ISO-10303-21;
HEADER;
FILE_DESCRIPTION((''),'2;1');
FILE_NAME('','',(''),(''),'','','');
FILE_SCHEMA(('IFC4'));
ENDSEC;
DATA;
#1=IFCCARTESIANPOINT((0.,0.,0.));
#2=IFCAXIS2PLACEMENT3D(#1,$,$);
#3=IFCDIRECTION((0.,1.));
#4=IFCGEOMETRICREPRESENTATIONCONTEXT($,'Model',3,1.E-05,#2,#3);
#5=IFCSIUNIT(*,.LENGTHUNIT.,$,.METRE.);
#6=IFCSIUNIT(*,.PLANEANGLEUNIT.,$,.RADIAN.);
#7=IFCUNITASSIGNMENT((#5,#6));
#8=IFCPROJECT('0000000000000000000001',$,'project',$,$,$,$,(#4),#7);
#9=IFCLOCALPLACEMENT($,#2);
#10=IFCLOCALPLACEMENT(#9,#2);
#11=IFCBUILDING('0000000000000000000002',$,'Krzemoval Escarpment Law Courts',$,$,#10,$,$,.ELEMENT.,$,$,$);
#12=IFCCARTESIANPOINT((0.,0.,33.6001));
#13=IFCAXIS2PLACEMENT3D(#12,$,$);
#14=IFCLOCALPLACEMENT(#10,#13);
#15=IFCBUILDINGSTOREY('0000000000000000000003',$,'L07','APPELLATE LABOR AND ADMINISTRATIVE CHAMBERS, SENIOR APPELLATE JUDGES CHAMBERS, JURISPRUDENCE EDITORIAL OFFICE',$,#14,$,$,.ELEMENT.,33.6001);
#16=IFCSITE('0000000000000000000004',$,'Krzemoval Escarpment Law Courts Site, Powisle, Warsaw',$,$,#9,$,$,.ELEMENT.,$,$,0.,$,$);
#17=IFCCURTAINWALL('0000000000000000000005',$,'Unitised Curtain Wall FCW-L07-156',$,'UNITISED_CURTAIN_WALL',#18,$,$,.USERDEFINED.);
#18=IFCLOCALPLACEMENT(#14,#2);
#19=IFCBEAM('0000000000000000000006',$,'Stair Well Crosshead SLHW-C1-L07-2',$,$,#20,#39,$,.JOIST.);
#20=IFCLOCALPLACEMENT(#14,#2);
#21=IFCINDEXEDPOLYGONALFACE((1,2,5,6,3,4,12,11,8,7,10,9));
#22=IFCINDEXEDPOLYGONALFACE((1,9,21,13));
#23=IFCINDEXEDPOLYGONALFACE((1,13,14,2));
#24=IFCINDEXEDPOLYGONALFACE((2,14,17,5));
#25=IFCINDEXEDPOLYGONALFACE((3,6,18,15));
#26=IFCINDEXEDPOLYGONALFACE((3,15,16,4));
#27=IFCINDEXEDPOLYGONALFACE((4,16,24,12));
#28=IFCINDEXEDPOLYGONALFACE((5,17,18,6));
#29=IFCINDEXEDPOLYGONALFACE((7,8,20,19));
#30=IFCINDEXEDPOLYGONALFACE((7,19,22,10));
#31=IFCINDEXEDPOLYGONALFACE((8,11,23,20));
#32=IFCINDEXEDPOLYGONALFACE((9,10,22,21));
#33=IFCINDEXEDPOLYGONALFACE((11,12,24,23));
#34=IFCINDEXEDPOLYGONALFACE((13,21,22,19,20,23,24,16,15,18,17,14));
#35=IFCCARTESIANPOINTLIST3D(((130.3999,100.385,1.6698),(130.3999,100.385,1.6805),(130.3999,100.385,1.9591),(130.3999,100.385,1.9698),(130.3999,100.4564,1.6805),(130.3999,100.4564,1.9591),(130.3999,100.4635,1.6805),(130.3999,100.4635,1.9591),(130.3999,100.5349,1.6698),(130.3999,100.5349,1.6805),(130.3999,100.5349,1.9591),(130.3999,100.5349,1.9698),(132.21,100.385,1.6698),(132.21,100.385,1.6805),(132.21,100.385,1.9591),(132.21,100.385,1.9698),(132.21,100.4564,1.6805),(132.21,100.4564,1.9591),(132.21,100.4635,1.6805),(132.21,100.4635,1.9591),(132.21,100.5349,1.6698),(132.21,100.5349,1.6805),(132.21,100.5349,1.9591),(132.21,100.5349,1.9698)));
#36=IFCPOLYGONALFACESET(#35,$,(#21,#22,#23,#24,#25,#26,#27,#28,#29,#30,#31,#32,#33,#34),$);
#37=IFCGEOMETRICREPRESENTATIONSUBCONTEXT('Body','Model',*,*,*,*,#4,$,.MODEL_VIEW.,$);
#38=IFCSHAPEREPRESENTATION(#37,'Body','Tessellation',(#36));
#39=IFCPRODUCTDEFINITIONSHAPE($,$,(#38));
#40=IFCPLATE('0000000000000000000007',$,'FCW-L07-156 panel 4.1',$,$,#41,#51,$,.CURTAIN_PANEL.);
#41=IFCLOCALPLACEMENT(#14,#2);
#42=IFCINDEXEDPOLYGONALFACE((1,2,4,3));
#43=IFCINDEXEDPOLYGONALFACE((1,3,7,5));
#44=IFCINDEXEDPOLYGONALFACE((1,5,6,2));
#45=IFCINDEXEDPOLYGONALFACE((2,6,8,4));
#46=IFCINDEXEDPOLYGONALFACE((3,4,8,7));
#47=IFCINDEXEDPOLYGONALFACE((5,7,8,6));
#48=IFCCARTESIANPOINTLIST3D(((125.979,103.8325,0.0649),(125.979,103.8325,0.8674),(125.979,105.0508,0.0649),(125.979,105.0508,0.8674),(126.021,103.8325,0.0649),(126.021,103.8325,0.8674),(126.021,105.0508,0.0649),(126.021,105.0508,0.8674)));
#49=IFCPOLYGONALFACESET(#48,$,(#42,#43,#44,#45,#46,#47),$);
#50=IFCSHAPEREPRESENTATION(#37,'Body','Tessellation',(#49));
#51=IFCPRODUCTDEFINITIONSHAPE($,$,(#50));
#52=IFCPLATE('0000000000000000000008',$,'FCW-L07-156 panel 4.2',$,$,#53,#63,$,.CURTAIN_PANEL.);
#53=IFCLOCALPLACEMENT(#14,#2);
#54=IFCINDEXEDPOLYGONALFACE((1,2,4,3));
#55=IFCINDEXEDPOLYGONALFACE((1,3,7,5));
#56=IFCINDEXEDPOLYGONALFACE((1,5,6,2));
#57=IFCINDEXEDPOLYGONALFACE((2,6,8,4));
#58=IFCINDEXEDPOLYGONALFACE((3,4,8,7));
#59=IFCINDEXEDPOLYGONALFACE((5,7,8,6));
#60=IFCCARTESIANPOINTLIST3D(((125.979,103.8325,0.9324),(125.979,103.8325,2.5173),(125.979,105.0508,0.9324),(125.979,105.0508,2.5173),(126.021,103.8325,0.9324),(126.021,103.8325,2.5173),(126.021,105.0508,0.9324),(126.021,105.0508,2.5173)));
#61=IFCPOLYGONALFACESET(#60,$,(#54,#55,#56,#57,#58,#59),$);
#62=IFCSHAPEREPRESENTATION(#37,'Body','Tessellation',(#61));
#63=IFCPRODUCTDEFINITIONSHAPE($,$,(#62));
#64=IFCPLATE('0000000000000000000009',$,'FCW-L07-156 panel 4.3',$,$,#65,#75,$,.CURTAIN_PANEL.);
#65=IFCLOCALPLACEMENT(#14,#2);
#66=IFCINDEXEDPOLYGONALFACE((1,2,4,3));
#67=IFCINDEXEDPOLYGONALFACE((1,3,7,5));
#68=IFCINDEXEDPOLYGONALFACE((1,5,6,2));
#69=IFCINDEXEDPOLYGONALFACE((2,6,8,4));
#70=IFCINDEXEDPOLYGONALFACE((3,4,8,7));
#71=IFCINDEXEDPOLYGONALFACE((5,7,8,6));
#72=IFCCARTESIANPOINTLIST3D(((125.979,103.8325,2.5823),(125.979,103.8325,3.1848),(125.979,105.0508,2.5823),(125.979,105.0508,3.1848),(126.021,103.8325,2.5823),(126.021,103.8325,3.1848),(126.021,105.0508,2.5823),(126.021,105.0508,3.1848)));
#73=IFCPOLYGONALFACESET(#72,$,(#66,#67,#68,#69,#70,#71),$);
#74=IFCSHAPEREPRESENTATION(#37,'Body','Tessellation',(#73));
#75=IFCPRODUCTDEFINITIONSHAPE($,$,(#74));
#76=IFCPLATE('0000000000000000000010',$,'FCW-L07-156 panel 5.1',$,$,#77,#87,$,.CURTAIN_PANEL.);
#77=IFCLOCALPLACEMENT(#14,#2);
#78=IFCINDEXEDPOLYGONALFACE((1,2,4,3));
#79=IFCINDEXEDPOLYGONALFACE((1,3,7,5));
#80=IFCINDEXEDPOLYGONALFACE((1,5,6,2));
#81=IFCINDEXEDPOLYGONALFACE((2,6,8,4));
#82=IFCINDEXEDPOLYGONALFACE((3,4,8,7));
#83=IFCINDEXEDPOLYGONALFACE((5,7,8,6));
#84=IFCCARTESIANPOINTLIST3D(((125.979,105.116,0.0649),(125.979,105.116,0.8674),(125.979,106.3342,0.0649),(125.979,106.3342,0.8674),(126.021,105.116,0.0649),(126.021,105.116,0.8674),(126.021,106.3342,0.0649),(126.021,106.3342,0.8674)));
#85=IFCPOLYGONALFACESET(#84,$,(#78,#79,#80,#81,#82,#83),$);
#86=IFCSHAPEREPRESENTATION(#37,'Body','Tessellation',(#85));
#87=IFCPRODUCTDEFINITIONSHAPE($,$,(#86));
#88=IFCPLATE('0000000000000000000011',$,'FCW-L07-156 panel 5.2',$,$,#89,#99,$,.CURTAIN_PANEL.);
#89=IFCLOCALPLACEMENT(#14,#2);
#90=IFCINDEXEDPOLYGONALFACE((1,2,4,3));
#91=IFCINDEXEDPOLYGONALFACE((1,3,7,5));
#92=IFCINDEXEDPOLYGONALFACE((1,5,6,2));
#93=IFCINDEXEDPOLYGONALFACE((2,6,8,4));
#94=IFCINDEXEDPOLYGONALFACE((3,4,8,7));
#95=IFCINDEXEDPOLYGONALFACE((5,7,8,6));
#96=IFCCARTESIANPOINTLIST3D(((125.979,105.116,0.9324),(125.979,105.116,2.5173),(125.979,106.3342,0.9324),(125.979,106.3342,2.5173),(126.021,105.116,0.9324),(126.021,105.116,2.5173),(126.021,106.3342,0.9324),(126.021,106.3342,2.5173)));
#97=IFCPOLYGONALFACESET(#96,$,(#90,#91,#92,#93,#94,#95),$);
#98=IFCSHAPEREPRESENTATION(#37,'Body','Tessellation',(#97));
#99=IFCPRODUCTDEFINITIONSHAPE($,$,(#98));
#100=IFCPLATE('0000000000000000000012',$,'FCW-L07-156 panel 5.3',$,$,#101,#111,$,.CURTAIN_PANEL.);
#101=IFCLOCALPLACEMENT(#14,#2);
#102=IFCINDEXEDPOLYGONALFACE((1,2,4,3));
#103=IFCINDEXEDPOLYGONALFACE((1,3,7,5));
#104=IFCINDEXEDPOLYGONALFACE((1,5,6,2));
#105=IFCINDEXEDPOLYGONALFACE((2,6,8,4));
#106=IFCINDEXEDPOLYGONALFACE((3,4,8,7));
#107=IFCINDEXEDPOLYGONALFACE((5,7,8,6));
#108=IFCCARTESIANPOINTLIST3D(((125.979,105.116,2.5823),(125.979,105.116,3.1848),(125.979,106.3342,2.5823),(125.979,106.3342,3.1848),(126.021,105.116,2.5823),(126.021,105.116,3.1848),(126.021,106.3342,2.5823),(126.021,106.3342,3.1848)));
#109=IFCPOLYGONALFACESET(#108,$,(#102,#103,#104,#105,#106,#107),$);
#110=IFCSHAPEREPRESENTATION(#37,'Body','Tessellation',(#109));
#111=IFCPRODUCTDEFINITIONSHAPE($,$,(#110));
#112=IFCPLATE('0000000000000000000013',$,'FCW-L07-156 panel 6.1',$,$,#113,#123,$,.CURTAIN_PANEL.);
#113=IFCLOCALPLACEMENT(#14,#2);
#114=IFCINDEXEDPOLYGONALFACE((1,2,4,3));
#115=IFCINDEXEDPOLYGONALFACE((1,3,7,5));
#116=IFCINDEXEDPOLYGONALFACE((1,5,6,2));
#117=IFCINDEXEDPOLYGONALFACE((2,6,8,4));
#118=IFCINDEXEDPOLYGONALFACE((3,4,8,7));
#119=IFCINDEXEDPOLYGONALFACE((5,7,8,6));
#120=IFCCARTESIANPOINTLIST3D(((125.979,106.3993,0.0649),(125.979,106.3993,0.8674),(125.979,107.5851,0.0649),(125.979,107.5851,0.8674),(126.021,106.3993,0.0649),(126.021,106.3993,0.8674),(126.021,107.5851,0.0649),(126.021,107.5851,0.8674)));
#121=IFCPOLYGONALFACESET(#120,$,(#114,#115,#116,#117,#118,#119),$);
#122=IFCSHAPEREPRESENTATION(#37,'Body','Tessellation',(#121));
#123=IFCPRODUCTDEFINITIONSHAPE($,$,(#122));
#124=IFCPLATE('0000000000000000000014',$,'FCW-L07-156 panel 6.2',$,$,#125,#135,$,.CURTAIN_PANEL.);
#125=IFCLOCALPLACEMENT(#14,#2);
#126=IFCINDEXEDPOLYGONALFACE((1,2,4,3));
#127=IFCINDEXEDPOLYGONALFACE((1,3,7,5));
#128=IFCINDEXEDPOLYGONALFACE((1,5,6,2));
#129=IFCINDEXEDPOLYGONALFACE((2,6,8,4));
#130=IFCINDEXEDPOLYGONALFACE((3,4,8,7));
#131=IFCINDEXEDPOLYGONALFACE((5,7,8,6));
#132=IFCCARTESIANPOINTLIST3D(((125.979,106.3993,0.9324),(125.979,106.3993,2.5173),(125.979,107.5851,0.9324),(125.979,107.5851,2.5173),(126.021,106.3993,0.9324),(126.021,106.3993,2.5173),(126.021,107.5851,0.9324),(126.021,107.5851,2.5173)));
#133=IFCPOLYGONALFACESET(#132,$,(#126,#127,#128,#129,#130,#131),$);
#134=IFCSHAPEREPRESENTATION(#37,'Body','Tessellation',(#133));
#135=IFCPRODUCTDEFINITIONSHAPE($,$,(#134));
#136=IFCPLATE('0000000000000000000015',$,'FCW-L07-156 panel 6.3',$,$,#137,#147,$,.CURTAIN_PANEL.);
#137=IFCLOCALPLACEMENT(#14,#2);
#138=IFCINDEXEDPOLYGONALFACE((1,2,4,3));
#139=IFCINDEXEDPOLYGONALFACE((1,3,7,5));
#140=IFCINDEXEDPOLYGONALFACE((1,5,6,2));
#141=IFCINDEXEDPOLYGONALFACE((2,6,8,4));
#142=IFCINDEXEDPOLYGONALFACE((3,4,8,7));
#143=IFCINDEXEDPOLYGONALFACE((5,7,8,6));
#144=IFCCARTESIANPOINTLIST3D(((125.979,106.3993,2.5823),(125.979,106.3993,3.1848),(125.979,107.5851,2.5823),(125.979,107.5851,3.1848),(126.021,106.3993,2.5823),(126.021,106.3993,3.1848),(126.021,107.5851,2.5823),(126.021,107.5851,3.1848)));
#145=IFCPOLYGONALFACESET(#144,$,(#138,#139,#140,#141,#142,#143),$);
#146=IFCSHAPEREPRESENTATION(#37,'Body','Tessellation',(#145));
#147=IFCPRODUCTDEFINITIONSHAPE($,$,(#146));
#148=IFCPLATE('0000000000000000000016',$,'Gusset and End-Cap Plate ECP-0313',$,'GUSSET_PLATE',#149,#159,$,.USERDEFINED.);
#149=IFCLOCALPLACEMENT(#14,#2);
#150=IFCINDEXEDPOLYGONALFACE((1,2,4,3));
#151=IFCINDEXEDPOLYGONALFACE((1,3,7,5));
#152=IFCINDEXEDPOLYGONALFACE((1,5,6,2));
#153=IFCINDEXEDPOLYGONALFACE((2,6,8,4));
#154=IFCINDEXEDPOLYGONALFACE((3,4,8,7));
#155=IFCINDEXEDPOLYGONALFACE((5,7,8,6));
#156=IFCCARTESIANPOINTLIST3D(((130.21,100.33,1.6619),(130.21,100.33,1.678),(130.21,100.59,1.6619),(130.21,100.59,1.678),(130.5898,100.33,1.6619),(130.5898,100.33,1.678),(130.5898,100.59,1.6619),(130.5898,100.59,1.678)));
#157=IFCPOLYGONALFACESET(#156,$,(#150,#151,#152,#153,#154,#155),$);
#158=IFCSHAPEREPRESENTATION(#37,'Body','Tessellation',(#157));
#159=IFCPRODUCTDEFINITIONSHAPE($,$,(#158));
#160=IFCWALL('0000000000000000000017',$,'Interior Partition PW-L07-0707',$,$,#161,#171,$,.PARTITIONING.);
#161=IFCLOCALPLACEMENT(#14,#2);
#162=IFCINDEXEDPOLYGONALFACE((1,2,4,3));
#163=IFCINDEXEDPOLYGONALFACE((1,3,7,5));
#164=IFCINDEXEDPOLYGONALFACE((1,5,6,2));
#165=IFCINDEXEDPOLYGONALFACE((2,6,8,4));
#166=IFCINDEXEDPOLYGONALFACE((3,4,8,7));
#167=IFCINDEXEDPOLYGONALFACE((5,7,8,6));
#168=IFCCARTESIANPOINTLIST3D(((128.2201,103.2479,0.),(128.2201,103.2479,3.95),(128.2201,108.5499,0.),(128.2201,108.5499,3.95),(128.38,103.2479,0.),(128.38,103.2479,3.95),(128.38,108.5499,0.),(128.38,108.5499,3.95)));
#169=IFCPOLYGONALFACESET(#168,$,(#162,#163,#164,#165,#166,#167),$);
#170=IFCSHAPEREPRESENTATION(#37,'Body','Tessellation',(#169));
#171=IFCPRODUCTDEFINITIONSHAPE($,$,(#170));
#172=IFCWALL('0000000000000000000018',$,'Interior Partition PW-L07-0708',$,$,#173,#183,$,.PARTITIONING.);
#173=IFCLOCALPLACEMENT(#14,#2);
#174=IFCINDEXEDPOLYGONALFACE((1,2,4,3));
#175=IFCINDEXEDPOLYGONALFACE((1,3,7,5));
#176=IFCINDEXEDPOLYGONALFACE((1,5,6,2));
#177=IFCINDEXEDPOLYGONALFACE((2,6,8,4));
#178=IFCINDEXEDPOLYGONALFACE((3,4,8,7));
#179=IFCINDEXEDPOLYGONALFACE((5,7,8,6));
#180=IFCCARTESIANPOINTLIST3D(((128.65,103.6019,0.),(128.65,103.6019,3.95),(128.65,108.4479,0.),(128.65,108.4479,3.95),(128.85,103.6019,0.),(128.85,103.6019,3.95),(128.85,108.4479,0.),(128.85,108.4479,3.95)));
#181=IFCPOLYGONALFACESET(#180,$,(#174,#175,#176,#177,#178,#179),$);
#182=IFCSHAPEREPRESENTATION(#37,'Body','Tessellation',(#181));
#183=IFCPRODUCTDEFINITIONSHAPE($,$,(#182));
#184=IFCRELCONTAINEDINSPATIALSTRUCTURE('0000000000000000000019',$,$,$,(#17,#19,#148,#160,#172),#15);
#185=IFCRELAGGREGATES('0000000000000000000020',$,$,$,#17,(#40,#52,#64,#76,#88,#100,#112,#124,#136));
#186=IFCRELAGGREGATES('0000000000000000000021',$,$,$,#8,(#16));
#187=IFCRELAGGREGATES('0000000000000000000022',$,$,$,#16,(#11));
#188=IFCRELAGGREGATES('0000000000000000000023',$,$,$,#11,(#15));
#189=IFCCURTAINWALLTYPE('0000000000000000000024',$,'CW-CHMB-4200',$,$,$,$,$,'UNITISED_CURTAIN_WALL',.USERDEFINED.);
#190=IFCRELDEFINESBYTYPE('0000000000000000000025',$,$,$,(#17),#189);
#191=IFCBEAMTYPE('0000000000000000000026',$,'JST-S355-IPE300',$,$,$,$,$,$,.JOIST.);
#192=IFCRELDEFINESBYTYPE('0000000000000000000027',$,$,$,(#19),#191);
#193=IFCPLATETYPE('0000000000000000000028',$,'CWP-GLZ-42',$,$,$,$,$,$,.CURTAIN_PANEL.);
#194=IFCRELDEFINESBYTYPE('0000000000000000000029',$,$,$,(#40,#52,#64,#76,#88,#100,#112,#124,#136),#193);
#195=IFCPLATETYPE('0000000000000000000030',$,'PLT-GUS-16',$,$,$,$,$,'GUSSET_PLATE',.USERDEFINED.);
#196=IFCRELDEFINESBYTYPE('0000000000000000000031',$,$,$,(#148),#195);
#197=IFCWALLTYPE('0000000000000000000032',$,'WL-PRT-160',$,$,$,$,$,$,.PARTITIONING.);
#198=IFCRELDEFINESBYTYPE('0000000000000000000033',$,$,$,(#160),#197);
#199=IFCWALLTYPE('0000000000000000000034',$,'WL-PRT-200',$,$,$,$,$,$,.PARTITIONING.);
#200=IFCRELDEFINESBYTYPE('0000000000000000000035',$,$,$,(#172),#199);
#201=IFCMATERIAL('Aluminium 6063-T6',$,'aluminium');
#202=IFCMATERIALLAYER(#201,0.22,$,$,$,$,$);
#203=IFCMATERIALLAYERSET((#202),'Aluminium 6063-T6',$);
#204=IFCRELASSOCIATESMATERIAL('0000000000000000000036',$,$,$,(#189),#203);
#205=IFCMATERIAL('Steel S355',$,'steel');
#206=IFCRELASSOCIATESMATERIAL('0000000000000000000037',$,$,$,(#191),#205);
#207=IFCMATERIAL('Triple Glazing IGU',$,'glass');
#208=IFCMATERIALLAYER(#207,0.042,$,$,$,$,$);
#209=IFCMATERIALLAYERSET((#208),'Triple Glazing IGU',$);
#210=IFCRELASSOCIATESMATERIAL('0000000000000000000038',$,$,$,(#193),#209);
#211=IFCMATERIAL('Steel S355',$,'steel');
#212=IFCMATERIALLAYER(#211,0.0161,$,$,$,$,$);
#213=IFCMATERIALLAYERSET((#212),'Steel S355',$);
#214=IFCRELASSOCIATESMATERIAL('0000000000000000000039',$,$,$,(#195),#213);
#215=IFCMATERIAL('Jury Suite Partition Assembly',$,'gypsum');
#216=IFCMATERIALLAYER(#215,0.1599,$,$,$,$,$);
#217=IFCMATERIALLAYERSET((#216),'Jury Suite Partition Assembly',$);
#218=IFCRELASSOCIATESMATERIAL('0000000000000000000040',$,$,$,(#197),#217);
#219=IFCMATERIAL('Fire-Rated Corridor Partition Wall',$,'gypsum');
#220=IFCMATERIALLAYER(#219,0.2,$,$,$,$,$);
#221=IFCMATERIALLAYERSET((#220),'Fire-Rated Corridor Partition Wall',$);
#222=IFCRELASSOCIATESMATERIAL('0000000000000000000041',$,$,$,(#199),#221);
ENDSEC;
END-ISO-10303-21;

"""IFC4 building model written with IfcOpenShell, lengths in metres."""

from ifc_helpers import new_model, si_unit, direction, frame, frame_2d, origin, origin_2d, place, context, subcontext, project, spatial, rectangle, i_section, extrude, material, layer, layer_set, material_profile, profile_set, type_object, element, aggregate, save


model = new_model("IFC4")

# Units and contexts
model_context = context("Model", 3, precision=1e-05, world=origin(), true_north=direction((0.0, 1.0)))
body_context = subcontext(model_context, "Body", "Model", "MODEL_VIEW")
ifc_project = project(units=[si_unit("LENGTHUNIT", "METRE"), si_unit("PLANEANGLEUNIT", "RADIAN")], contexts=[model_context])

# Site, building, storey
site_placement = place(None, origin())
site = spatial("IfcSite", under=ifc_project, at=site_placement, Name="Krzemoval Escarpment Law Courts Site, Powisle, Warsaw", CompositionType="ELEMENT", RefElevation=0.0)
building_placement = place(site_placement, origin())
building = spatial("IfcBuilding", under=site, at=building_placement, Name="Krzemoval Escarpment Law Courts", CompositionType="ELEMENT")
storey_placement = place(building_placement, frame((0.0, 0.0, 33.6001)))
storey = spatial("IfcBuildingStorey", under=building, at=storey_placement, Name="L07", Description="APPELLATE LABOR AND ADMINISTRATIVE CHAMBERS, SENIOR APPELLATE JUDGES CHAMBERS, JURISPRUDENCE EDITORIAL OFFICE", CompositionType="ELEMENT", Elevation=33.6001)

# Curtain wall
ifc_material_1 = material(Name="Aluminium 6063-T6", Category="aluminium")
ifc_layer_1 = layer(ifc_material_1, 0.22)
ifc_layer_set_1 = layer_set([ifc_layer_1], Name="Aluminium 6063-T6")
curtain_wall_type = type_object("IfcCurtainWallType", Name="CW-CHMB-4200", ElementType="UNITISED_CURTAIN_WALL", PredefinedType="USERDEFINED", material=ifc_layer_set_1)
curtain_wall_placement = place(storey_placement, origin())
curtain_wall = element("IfcCurtainWall", 1, at=curtain_wall_placement, inside=storey, type_object=curtain_wall_type, Name="Unitised Curtain Wall FCW-L07-156", ObjectType="UNITISED_CURTAIN_WALL", PredefinedType="USERDEFINED")

# Beam
ifc_material_2 = material(Name="Steel S355", Category="steel")
ifc_material_profile_1 = material_profile(ifc_material_2, i_section(OverallWidth=0.1499, OverallDepth=0.3, WebThickness=0.0071, FlangeThickness=0.0107, at=origin_2d()), Name="IPE 300")
ifc_profile_set_1 = profile_set([ifc_material_profile_1], Name="Steel S355")
beam_type = type_object("IfcBeamType", Name="JST-S355-IPE300", PredefinedType="JOIST", material=ifc_profile_set_1)
beam_placement = place(storey_placement, frame((130.3999, 100.46, 1.8198), z_axis=(1.0, 0.0, 0.0), x_axis=(0.0, 1.0, 0.0)))
element("IfcBeam", 2, at=beam_placement, inside=storey, type_object=beam_type, Name="Stair Well Crosshead SLHW-C1-L07-2", PredefinedType="JOIST", context=body_context, shape_type="SweptSolid", body=[
    extrude(i_section(OverallWidth=0.1499, OverallDepth=0.3, WebThickness=0.0071, FlangeThickness=0.0107, at=origin_2d()), origin(), (0.0, 0.0, 1.0), 1.8101),
])

# Plates
ifc_material_3 = material(Name="Triple Glazing IGU", Category="glass")
ifc_layer_2 = layer(ifc_material_3, 0.042)
ifc_layer_set_2 = layer_set([ifc_layer_2], Name="Triple Glazing IGU")
plate_type_1 = type_object("IfcPlateType", Name="CWP-GLZ-42", PredefinedType="CURTAIN_PANEL", material=ifc_layer_set_2)
plate_1_placement = place(storey_placement, frame((126.0, 104.4417, 0.0649), z_axis=(0.0, 0.0, 1.0), x_axis=(0.0, 1.0, 0.0)))
plate_1 = element("IfcPlate", 3, at=plate_1_placement, type_object=plate_type_1, Name="FCW-L07-156 panel 4.1", PredefinedType="CURTAIN_PANEL", context=body_context, shape_type="SweptSolid", body=[
    extrude(rectangle(XDim=1.2183, YDim=0.042, at=origin_2d()), origin(), (0.0, 0.0, 1.0), 0.8025),
])
plate_2_placement = place(storey_placement, frame((126.0, 104.4417, 0.9324), z_axis=(0.0, 0.0, 1.0), x_axis=(0.0, 1.0, 0.0)))
plate_2 = element("IfcPlate", 4, at=plate_2_placement, type_object=plate_type_1, Name="FCW-L07-156 panel 4.2", PredefinedType="CURTAIN_PANEL", context=body_context, shape_type="SweptSolid", body=[
    extrude(rectangle(XDim=1.2183, YDim=0.042, at=origin_2d()), origin(), (0.0, 0.0, 1.0), 1.585),
])
plate_3_placement = place(storey_placement, frame((126.0, 104.4417, 2.5823), z_axis=(0.0, 0.0, 1.0), x_axis=(0.0, 1.0, 0.0)))
plate_3 = element("IfcPlate", 5, at=plate_3_placement, type_object=plate_type_1, Name="FCW-L07-156 panel 4.3", PredefinedType="CURTAIN_PANEL", context=body_context, shape_type="SweptSolid", body=[
    extrude(rectangle(XDim=1.2183, YDim=0.042, at=origin_2d()), origin(), (0.0, 0.0, 1.0), 0.6025),
])
plate_4_placement = place(storey_placement, frame((126.0, 105.7251, 0.0649), z_axis=(0.0, 0.0, 1.0), x_axis=(0.0, 1.0, 0.0)))
plate_4 = element("IfcPlate", 6, at=plate_4_placement, type_object=plate_type_1, Name="FCW-L07-156 panel 5.1", PredefinedType="CURTAIN_PANEL", context=body_context, shape_type="SweptSolid", body=[
    extrude(rectangle(XDim=1.2183, YDim=0.042, at=origin_2d()), origin(), (0.0, 0.0, 1.0), 0.8025),
])
plate_5_placement = place(storey_placement, frame((126.0, 105.7251, 0.9324), z_axis=(0.0, 0.0, 1.0), x_axis=(0.0, 1.0, 0.0)))
plate_5 = element("IfcPlate", 7, at=plate_5_placement, type_object=plate_type_1, Name="FCW-L07-156 panel 5.2", PredefinedType="CURTAIN_PANEL", context=body_context, shape_type="SweptSolid", body=[
    extrude(rectangle(XDim=1.2183, YDim=0.042, at=origin_2d()), origin(), (0.0, 0.0, 1.0), 1.585),
])
plate_6_placement = place(storey_placement, frame((126.0, 105.7251, 2.5823), z_axis=(0.0, 0.0, 1.0), x_axis=(0.0, 1.0, 0.0)))
plate_6 = element("IfcPlate", 8, at=plate_6_placement, type_object=plate_type_1, Name="FCW-L07-156 panel 5.3", PredefinedType="CURTAIN_PANEL", context=body_context, shape_type="SweptSolid", body=[
    extrude(rectangle(XDim=1.2183, YDim=0.042, at=origin_2d()), origin(), (0.0, 0.0, 1.0), 0.6025),
])
plate_7_placement = place(storey_placement, frame((126.0, 106.9922, 0.0649), z_axis=(0.0, 0.0, 1.0), x_axis=(0.0, 1.0, 0.0)))
plate_7 = element("IfcPlate", 9, at=plate_7_placement, type_object=plate_type_1, Name="FCW-L07-156 panel 6.1", PredefinedType="CURTAIN_PANEL", context=body_context, shape_type="SweptSolid", body=[
    extrude(rectangle(XDim=1.1858, YDim=0.042, at=origin_2d()), origin(), (0.0, 0.0, 1.0), 0.8025),
])
plate_8_placement = place(storey_placement, frame((126.0, 106.9922, 0.9324), z_axis=(0.0, 0.0, 1.0), x_axis=(0.0, 1.0, 0.0)))
plate_8 = element("IfcPlate", 10, at=plate_8_placement, type_object=plate_type_1, Name="FCW-L07-156 panel 6.2", PredefinedType="CURTAIN_PANEL", context=body_context, shape_type="SweptSolid", body=[
    extrude(rectangle(XDim=1.1858, YDim=0.042, at=origin_2d()), origin(), (0.0, 0.0, 1.0), 1.585),
])
plate_9_placement = place(storey_placement, frame((126.0, 106.9922, 2.5823), z_axis=(0.0, 0.0, 1.0), x_axis=(0.0, 1.0, 0.0)))
plate_9 = element("IfcPlate", 11, at=plate_9_placement, type_object=plate_type_1, Name="FCW-L07-156 panel 6.3", PredefinedType="CURTAIN_PANEL", context=body_context, shape_type="SweptSolid", body=[
    extrude(rectangle(XDim=1.1858, YDim=0.042, at=origin_2d()), origin(), (0.0, 0.0, 1.0), 0.6025),
])
aggregate(curtain_wall, [plate_1, plate_2, plate_3, plate_4, plate_5, plate_6, plate_7, plate_8, plate_9])
ifc_material_4 = material(Name="Steel S355", Category="steel")
ifc_layer_3 = layer(ifc_material_4, 0.0161)
ifc_layer_set_3 = layer_set([ifc_layer_3], Name="Steel S355")
plate_type_2 = type_object("IfcPlateType", Name="PLT-GUS-16", ElementType="GUSSET_PLATE", PredefinedType="USERDEFINED", material=ifc_layer_set_3)
plate_10_placement = place(storey_placement, frame((130.3999, 100.46, 1.6619), z_axis=(0.0, 0.0, 1.0), x_axis=(1.0, 0.0, 0.0)))
element("IfcPlate", 12, at=plate_10_placement, inside=storey, type_object=plate_type_2, Name="Gusset and End-Cap Plate ECP-0313", ObjectType="GUSSET_PLATE", PredefinedType="USERDEFINED", context=body_context, shape_type="SweptSolid", body=[
    extrude(rectangle(XDim=0.3799, YDim=0.26, at=origin_2d()), origin(), (0.0, 0.0, 1.0), 0.0161),
])

# Walls
ifc_material_5 = material(Name="Jury Suite Partition Assembly", Category="gypsum")
ifc_layer_4 = layer(ifc_material_5, 0.1599)
ifc_layer_set_4 = layer_set([ifc_layer_4], Name="Jury Suite Partition Assembly")
wall_type_1 = type_object("IfcWallType", Name="WL-PRT-160", PredefinedType="PARTITIONING", material=ifc_layer_set_4)
wall_1_placement = place(storey_placement, frame((128.3, 103.248, 0.0), z_axis=(0.0, 0.0, 1.0), x_axis=(0.0, 1.0, 0.0)))
element("IfcWall", 13, at=wall_1_placement, inside=storey, type_object=wall_type_1, Name="Interior Partition PW-L07-0707", PredefinedType="PARTITIONING", context=body_context, shape_type="SweptSolid", body=[
    extrude(rectangle(XDim=5.302, YDim=0.1599, at=frame_2d((2.6509, 0.0))), origin(), (0.0, 0.0, 1.0), 3.95),
])
ifc_material_6 = material(Name="Fire-Rated Corridor Partition Wall", Category="gypsum")
ifc_layer_5 = layer(ifc_material_6, 0.2)
ifc_layer_set_5 = layer_set([ifc_layer_5], Name="Fire-Rated Corridor Partition Wall")
wall_type_2 = type_object("IfcWallType", Name="WL-PRT-200", PredefinedType="PARTITIONING", material=ifc_layer_set_5)
wall_2_placement = place(storey_placement, frame((128.75, 103.6021, 0.0), z_axis=(0.0, 0.0, 1.0), x_axis=(0.0, 1.0, 0.0)))
element("IfcWall", 14, at=wall_2_placement, inside=storey, type_object=wall_type_2, Name="Interior Partition PW-L07-0708", PredefinedType="PARTITIONING", context=body_context, shape_type="SweptSolid", body=[
    extrude(rectangle(XDim=4.8459, YDim=0.2, at=frame_2d((2.4229, 0.0))), origin(), (0.0, 0.0, 1.0), 3.95),
])

save(model, "model.ifc")
